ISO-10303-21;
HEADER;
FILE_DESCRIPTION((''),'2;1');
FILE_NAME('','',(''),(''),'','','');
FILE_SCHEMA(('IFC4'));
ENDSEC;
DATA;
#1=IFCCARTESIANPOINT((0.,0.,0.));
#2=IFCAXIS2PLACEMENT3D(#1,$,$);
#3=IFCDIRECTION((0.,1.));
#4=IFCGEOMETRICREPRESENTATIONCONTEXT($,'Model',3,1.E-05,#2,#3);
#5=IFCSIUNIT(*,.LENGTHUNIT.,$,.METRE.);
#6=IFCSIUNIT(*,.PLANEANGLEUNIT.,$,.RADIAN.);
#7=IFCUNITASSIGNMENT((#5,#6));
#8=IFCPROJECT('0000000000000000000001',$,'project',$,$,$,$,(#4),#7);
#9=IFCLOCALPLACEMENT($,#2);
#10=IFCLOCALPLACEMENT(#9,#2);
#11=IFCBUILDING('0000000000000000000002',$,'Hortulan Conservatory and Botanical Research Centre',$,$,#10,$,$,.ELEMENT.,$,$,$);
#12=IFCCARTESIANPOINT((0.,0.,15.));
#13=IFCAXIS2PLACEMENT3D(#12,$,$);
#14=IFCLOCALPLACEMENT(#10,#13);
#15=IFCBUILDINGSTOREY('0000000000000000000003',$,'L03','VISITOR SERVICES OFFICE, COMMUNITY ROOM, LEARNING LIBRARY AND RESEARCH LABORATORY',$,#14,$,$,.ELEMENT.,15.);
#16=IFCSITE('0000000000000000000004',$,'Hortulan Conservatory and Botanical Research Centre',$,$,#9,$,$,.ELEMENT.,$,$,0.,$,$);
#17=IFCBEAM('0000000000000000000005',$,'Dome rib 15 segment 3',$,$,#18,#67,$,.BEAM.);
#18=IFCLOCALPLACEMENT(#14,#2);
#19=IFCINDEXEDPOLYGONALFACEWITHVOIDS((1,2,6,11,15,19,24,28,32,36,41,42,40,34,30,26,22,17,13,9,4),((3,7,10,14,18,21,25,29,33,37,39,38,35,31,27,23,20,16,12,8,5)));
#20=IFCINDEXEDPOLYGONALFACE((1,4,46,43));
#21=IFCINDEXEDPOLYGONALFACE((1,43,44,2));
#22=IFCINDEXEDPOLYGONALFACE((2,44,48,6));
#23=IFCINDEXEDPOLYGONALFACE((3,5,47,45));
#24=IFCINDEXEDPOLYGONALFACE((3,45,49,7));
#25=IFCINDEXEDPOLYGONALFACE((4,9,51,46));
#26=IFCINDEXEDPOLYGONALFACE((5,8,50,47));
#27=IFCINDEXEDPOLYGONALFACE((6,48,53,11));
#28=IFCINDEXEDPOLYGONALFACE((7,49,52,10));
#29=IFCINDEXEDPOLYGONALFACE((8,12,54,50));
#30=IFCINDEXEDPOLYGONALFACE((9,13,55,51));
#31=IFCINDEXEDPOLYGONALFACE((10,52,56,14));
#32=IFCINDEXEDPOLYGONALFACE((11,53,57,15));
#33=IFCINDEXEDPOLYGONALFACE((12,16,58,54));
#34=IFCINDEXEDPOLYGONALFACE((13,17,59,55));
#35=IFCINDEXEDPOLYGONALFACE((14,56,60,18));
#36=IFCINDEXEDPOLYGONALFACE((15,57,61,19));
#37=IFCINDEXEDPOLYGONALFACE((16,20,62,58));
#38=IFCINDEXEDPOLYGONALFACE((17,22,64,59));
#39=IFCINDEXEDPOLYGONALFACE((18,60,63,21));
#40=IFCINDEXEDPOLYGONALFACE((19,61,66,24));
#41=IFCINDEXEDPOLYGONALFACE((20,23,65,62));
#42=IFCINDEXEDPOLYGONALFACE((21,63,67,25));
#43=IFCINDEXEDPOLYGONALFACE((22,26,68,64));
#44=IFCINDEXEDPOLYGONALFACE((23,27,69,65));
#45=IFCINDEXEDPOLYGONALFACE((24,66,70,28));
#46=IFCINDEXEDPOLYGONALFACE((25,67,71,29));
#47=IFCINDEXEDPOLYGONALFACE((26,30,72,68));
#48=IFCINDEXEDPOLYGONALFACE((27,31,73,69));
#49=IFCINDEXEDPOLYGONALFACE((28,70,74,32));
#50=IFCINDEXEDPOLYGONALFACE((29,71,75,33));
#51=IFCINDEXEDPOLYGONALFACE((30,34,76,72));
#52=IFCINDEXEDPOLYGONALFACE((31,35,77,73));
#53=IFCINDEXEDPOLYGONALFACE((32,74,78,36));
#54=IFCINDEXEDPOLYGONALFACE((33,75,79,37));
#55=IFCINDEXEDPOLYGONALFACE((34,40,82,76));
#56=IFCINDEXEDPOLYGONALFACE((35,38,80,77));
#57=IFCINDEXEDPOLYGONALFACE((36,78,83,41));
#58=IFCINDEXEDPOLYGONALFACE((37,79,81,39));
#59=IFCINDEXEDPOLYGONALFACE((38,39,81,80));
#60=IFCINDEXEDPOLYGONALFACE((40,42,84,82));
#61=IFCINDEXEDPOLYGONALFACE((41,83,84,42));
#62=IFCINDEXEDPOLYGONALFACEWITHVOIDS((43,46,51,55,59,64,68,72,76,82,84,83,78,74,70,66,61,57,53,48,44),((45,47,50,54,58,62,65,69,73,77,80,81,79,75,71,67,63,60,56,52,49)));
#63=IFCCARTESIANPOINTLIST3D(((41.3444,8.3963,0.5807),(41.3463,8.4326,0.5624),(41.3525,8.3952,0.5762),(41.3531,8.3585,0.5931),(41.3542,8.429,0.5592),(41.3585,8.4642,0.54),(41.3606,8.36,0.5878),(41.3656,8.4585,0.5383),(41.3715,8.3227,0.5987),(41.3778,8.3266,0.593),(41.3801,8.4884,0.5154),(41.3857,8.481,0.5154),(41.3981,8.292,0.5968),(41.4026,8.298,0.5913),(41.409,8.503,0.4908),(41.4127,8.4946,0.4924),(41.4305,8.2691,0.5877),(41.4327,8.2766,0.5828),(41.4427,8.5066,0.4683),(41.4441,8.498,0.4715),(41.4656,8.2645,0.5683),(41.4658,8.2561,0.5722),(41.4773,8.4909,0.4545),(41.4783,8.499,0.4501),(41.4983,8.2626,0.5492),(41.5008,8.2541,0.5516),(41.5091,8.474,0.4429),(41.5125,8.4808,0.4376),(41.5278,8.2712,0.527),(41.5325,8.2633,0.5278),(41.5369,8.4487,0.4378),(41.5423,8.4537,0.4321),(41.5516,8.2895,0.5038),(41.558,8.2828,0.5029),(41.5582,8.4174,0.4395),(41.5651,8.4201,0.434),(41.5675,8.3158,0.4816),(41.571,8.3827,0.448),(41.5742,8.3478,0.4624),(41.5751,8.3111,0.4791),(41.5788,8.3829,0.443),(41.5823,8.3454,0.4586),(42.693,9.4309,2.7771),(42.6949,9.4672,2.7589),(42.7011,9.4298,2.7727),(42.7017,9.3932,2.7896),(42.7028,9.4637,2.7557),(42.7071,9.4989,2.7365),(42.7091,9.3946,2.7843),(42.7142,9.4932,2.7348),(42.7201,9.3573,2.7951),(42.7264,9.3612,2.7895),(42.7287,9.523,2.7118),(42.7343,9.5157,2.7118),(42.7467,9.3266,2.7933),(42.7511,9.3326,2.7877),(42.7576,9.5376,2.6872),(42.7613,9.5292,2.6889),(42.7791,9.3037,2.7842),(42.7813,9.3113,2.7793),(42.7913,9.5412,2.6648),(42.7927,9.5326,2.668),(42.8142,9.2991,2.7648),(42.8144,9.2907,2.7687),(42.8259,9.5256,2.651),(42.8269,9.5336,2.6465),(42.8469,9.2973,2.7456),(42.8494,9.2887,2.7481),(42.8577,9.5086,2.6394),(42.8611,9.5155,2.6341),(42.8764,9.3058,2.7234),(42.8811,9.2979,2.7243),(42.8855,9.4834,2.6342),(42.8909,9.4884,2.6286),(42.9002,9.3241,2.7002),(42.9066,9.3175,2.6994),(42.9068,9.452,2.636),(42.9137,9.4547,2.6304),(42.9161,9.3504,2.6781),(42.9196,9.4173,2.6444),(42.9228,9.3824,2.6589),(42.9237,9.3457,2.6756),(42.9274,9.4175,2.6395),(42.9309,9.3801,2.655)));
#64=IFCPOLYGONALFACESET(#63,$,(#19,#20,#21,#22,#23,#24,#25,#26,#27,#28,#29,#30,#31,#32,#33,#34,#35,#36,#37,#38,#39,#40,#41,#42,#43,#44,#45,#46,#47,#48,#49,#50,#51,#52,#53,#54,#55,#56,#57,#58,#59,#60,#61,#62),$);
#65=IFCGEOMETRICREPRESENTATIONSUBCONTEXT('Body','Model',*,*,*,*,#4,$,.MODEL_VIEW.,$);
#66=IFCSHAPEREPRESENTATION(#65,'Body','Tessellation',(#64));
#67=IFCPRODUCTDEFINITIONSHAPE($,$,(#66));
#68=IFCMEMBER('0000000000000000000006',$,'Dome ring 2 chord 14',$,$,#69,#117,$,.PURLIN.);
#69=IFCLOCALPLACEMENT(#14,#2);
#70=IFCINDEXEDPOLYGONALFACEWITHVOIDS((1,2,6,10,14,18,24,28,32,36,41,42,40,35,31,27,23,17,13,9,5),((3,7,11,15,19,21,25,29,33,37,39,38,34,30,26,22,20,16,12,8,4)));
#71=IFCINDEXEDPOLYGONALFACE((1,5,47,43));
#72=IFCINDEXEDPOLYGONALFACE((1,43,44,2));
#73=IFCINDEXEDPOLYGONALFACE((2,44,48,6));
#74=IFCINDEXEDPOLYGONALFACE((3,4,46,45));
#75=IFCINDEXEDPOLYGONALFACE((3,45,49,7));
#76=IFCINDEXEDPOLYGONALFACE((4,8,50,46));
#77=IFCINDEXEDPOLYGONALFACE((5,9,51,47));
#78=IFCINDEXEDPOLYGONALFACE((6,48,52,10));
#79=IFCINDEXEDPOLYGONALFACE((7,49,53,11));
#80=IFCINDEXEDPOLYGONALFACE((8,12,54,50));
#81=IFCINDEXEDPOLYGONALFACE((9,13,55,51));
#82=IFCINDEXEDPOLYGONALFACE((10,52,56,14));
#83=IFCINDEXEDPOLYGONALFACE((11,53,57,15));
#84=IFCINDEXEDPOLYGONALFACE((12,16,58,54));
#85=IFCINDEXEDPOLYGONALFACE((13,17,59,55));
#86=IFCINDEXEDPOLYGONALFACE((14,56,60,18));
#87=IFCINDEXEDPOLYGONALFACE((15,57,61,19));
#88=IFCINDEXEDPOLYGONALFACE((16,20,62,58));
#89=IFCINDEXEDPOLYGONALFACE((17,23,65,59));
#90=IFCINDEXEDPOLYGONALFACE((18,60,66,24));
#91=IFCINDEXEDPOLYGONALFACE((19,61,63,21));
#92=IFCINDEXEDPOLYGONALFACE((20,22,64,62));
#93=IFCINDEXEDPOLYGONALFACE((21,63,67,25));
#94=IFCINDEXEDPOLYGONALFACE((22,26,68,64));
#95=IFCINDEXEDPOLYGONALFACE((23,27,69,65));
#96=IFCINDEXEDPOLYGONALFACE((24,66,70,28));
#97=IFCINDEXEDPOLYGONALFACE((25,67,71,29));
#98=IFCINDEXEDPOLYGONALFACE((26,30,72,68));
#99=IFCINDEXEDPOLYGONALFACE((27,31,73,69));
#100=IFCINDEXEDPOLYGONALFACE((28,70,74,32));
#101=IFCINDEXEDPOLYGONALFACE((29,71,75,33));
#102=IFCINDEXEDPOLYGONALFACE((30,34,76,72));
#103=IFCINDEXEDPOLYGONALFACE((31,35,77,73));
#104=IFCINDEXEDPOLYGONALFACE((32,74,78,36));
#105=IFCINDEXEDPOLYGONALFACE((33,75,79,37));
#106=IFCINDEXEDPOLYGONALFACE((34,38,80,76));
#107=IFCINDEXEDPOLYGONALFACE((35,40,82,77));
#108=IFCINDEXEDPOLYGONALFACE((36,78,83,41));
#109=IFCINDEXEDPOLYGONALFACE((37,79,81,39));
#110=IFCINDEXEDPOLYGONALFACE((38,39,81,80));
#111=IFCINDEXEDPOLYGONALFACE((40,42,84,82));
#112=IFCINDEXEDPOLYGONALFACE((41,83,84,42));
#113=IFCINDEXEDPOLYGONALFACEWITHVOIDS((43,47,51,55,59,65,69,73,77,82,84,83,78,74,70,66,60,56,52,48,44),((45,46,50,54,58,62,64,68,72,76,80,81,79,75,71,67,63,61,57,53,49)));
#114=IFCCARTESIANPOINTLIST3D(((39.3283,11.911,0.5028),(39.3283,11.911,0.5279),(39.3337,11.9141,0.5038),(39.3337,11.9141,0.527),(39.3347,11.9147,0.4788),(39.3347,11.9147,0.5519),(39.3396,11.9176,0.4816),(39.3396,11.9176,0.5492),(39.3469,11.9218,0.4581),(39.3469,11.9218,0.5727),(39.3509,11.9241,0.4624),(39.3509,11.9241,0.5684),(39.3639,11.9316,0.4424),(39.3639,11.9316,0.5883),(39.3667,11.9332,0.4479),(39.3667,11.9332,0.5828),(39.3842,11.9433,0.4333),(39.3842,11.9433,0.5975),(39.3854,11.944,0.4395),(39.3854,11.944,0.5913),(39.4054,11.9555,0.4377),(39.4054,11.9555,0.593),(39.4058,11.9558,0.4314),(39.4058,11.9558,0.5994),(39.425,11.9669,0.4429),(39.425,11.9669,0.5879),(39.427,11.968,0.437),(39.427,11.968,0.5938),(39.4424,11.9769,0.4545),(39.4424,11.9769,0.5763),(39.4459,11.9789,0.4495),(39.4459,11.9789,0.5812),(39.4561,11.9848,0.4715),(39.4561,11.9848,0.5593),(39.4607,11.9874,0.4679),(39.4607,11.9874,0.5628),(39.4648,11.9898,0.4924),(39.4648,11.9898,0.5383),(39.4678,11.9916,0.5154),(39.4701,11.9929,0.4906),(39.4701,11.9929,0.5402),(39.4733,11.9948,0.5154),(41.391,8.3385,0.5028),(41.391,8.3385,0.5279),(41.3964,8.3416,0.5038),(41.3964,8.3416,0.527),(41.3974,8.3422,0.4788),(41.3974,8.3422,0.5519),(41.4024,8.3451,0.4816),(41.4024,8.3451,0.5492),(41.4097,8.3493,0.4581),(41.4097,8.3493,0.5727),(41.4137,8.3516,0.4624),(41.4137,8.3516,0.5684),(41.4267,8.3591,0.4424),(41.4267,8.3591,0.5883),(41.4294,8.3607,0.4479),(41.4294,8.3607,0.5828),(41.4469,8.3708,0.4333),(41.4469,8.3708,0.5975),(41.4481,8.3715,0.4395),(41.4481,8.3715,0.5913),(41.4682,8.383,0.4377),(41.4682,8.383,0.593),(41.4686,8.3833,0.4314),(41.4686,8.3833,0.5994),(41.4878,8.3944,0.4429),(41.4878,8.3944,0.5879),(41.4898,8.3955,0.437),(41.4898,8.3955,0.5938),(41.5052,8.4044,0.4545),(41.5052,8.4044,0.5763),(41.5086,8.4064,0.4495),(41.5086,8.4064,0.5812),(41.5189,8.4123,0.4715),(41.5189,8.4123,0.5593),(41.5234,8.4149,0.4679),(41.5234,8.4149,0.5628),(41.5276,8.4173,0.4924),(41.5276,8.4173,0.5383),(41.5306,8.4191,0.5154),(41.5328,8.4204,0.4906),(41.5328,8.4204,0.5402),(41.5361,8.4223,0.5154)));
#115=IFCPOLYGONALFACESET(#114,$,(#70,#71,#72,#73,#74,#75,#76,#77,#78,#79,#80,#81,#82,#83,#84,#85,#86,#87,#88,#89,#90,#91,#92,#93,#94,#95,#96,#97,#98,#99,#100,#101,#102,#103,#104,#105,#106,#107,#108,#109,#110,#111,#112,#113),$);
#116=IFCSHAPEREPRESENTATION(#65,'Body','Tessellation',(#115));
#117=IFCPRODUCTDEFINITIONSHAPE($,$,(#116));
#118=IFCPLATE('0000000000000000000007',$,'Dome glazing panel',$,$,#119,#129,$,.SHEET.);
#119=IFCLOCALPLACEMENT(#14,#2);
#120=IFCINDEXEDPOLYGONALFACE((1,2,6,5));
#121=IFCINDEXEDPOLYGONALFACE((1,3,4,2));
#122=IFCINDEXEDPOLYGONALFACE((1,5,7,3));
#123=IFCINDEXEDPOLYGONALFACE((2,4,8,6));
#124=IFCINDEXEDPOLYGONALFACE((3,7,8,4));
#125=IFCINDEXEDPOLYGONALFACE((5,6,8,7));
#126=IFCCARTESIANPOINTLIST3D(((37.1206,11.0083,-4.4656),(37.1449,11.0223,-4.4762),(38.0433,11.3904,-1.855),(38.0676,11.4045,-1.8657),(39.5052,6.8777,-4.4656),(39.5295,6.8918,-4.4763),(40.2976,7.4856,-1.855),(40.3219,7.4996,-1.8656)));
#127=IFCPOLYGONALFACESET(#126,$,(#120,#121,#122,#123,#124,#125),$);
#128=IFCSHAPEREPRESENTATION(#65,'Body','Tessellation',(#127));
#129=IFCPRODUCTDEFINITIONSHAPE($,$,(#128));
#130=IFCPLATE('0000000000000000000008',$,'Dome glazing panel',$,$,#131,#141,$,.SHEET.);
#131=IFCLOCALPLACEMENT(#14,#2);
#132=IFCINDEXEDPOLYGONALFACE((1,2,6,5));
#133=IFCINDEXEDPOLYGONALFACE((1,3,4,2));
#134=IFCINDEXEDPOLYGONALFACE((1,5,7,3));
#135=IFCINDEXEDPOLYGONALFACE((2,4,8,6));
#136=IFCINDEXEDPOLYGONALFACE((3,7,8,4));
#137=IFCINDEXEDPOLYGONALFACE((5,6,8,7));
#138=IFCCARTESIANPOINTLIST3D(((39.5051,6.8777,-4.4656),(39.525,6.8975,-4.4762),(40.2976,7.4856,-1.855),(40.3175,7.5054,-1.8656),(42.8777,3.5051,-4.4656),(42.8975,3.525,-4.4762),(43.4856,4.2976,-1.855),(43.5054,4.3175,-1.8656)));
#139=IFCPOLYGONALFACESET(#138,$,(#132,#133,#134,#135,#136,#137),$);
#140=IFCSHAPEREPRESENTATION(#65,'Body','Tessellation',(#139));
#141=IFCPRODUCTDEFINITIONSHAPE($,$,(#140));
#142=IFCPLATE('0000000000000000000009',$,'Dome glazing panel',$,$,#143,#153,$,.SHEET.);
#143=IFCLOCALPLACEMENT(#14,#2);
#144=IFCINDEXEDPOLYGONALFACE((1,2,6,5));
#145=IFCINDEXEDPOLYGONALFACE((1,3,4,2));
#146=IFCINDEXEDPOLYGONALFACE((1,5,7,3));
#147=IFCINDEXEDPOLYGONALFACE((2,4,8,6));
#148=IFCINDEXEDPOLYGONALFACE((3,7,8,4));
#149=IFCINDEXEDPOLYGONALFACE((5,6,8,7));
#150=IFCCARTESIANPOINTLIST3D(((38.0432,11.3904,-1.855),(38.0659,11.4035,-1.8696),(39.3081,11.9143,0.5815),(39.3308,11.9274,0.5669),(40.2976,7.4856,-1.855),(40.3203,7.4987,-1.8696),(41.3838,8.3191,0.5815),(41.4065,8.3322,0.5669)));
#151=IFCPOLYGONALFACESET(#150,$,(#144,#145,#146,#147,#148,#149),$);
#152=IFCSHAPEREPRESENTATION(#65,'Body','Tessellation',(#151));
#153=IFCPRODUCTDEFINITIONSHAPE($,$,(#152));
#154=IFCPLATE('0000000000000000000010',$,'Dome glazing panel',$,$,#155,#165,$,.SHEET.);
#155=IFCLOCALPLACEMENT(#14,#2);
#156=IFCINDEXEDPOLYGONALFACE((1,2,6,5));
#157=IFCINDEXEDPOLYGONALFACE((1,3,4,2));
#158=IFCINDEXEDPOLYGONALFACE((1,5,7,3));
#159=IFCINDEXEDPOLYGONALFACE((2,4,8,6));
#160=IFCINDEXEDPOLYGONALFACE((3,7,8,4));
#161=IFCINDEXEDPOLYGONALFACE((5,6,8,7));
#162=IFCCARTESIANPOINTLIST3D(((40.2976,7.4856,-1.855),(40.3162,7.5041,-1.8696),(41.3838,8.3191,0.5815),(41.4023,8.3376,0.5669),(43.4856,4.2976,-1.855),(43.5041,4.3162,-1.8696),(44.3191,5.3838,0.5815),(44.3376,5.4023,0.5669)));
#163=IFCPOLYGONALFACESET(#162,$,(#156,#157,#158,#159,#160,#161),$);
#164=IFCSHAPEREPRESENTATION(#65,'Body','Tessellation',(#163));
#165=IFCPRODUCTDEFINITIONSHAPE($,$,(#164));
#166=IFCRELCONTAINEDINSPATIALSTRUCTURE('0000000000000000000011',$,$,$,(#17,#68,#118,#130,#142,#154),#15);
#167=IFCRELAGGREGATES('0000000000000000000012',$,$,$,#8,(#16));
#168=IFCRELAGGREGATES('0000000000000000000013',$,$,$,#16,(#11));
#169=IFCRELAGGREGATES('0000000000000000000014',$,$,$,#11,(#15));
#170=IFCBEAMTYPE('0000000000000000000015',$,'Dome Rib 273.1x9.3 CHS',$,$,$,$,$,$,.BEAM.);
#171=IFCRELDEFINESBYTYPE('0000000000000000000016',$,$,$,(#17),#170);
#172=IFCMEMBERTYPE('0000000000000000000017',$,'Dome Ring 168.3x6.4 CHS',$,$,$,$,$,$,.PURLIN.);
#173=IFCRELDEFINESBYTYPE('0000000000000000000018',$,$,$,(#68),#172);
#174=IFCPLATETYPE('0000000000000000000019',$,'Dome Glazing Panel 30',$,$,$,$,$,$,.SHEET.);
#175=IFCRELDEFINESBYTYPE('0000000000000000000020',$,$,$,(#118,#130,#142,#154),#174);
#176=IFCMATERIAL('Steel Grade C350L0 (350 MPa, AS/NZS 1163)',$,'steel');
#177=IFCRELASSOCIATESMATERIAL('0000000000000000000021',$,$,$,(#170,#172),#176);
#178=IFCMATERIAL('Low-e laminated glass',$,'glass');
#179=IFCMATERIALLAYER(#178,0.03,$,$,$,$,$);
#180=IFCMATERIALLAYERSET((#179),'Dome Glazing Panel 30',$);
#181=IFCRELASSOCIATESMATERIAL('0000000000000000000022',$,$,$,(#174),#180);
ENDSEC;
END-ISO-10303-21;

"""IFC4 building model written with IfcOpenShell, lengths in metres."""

from ifc_helpers import new_model, si_unit, direction, frame, origin, origin_2d, place, context, subcontext, project, spatial, polyline, hollow_circle, outline, extrude, material, layer, layer_set, material_profile, profile_set, type_object, element, save


model = new_model("IFC4")

# Units and contexts
model_context = context("Model", 3, precision=1e-05, world=origin(), true_north=direction((0.0, 1.0)))
body_context = subcontext(model_context, "Body", "Model", "MODEL_VIEW")
ifc_project = project(units=[si_unit("LENGTHUNIT", "METRE"), si_unit("PLANEANGLEUNIT", "RADIAN")], contexts=[model_context])

# Site, building, storey
site_placement = place(None, origin())
site = spatial("IfcSite", under=ifc_project, at=site_placement, Name="Hortulan Conservatory and Botanical Research Centre", CompositionType="ELEMENT", RefElevation=0.0)
building_placement = place(site_placement, origin())
building = spatial("IfcBuilding", under=site, at=building_placement, Name="Hortulan Conservatory and Botanical Research Centre", CompositionType="ELEMENT")
storey_placement = place(building_placement, frame((0.0, 0.0, 15.0)))
storey = spatial("IfcBuildingStorey", under=building, at=storey_placement, Name="L03", Description="VISITOR SERVICES OFFICE, COMMUNITY ROOM, LEARNING LIBRARY AND RESEARCH LABORATORY", CompositionType="ELEMENT", Elevation=15.0)

# Shared definitions
ifc_material_1 = material(Name="Steel Grade C350L0 (350 MPa, AS/NZS 1163)", Category="steel")

# Beam
ifc_material_profile_1 = material_profile(ifc_material_1, hollow_circle(Radius=0.1365, WallThickness=0.0093, at=origin_2d()), Name="273.1x9.3CHS")
ifc_profile_set_1 = profile_set([ifc_material_profile_1], Name="Steel Grade C350L0 (350 MPa, AS/NZS 1163)")
beam_type = type_object("IfcBeamType", Name="Dome Rib 273.1x9.3 CHS", PredefinedType="BEAM", material=ifc_profile_set_1)
beam_1_placement = place(storey_placement, frame((41.4631, 8.3801, 0.5154), z_axis=(0.485569, 0.372527, 0.790852), x_axis=(-0.608697, 0.793403, 0.0)))
element("IfcBeam", 1, at=beam_1_placement, inside=storey, type_object=beam_type, Name="Dome rib 15 segment 3", PredefinedType="BEAM", context=body_context, shape_type="SweptSolid", body=[
    extrude(hollow_circle(Radius=0.1365, WallThickness=0.0093, at=origin_2d()), origin(), (0.0, 0.0, 1.0), 2.7773),
])

# Member
ifc_material_profile_2 = material_profile(ifc_material_1, hollow_circle(Radius=0.0842, WallThickness=0.0063, at=origin_2d()), Name="168.3x6.4CHS")
ifc_profile_set_2 = profile_set([ifc_material_profile_2], Name="Steel Grade C350L0 (350 MPa, AS/NZS 1163)")
member_type_1 = type_object("IfcMemberType", Name="Dome Ring 168.3x6.4 CHS", PredefinedType="PURLIN", material=ifc_profile_set_2)
member_1_placement = place(storey_placement, frame((39.4004, 11.9526, 0.5154), z_axis=(0.500028, -0.866009, 0.0), x_axis=(0.866009, 0.500028, 0.0)))
element("IfcMember", 2, at=member_1_placement, inside=storey, type_object=member_type_1, Name="Dome ring 2 chord 14", PredefinedType="PURLIN", context=body_context, shape_type="SweptSolid", body=[
    extrude(hollow_circle(Radius=0.0842, WallThickness=0.0063, at=origin_2d()), origin(), (0.0, 0.0, 1.0), 4.1252),
])

# Plates
ifc_material_2 = material(Name="Low-e laminated glass", Category="glass")
ifc_layer_1 = layer(ifc_material_2, 0.03)
ifc_layer_set_1 = layer_set([ifc_layer_1], Name="Dome Glazing Panel 30")
plate_type = type_object("IfcPlateType", Name="Dome Glazing Panel 30", PredefinedType="SHEET", material=ifc_layer_set_1)
plate_1_placement = place(storey_placement, frame((37.1206, 11.0083, -4.4656), z_axis=(-0.809753, -0.467479, 0.354631), x_axis=(0.499971, -0.866042, -0.000007)))
element("IfcPlate", 3, at=plate_1_placement, inside=storey, type_object=plate_type, Name="Dome glazing panel", PredefinedType="SHEET", context=body_context, shape_type="SweptSolid", body=[
    extrude(outline(polyline([(0.0, 0.0), (4.7695, 0.0), (4.6392, 2.7921), (0.1304, 2.792), (0.0, 0.0)])), origin(), (0.0, 0.0, -1.0), 0.03),
])
plate_2_placement = place(storey_placement, frame((39.5051, 6.8777, -4.4656), z_axis=(-0.661143, -0.661143, 0.354654), x_axis=(0.707107, -0.707107, 0.0)))
element("IfcPlate", 4, at=plate_2_placement, inside=storey, type_object=plate_type, Name="Dome glazing panel", PredefinedType="SHEET", context=body_context, shape_type="SweptSolid", body=[
    extrude(outline(polyline([(0.0, 0.0), (4.7695, 0.0), (4.639, 2.7921), (0.1305, 2.7921), (0.0, 0.0)])), origin(), (0.0, 0.0, -1.0), 0.03),
])
plate_3_placement = place(storey_placement, frame((38.0432, 11.3904, -1.855), z_axis=(-0.756546, -0.436787, 0.486677), x_axis=(0.499995, -0.866028, -0.000001)))
element("IfcPlate", 5, at=plate_3_placement, inside=storey, type_object=plate_type, Name="Dome glazing panel", PredefinedType="SHEET", context=body_context, shape_type="SweptSolid", body=[
    extrude(outline(polyline([(0.0, 0.0), (4.5088, 0.0), (4.3301, 2.7891), (0.1787, 2.7891), (0.0, 0.0)])), origin(), (0.0, 0.0, -1.0), 0.03),
])
plate_4_placement = place(storey_placement, frame((40.2976, 7.4856, -1.855), z_axis=(-0.617714, -0.617714, 0.486682), x_axis=(0.707107, -0.707107, 0.0)))
element("IfcPlate", 6, at=plate_4_placement, inside=storey, type_object=plate_type, Name="Dome glazing panel", PredefinedType="SHEET", context=body_context, shape_type="SweptSolid", body=[
    extrude(outline(polyline([(0.0, 0.0), (4.5085, 0.0), (4.3298, 2.7891), (0.1787, 2.7891), (0.0, 0.0)])), origin(), (0.0, 0.0, -1.0), 0.03),
])

save(model, "model.ifc")
